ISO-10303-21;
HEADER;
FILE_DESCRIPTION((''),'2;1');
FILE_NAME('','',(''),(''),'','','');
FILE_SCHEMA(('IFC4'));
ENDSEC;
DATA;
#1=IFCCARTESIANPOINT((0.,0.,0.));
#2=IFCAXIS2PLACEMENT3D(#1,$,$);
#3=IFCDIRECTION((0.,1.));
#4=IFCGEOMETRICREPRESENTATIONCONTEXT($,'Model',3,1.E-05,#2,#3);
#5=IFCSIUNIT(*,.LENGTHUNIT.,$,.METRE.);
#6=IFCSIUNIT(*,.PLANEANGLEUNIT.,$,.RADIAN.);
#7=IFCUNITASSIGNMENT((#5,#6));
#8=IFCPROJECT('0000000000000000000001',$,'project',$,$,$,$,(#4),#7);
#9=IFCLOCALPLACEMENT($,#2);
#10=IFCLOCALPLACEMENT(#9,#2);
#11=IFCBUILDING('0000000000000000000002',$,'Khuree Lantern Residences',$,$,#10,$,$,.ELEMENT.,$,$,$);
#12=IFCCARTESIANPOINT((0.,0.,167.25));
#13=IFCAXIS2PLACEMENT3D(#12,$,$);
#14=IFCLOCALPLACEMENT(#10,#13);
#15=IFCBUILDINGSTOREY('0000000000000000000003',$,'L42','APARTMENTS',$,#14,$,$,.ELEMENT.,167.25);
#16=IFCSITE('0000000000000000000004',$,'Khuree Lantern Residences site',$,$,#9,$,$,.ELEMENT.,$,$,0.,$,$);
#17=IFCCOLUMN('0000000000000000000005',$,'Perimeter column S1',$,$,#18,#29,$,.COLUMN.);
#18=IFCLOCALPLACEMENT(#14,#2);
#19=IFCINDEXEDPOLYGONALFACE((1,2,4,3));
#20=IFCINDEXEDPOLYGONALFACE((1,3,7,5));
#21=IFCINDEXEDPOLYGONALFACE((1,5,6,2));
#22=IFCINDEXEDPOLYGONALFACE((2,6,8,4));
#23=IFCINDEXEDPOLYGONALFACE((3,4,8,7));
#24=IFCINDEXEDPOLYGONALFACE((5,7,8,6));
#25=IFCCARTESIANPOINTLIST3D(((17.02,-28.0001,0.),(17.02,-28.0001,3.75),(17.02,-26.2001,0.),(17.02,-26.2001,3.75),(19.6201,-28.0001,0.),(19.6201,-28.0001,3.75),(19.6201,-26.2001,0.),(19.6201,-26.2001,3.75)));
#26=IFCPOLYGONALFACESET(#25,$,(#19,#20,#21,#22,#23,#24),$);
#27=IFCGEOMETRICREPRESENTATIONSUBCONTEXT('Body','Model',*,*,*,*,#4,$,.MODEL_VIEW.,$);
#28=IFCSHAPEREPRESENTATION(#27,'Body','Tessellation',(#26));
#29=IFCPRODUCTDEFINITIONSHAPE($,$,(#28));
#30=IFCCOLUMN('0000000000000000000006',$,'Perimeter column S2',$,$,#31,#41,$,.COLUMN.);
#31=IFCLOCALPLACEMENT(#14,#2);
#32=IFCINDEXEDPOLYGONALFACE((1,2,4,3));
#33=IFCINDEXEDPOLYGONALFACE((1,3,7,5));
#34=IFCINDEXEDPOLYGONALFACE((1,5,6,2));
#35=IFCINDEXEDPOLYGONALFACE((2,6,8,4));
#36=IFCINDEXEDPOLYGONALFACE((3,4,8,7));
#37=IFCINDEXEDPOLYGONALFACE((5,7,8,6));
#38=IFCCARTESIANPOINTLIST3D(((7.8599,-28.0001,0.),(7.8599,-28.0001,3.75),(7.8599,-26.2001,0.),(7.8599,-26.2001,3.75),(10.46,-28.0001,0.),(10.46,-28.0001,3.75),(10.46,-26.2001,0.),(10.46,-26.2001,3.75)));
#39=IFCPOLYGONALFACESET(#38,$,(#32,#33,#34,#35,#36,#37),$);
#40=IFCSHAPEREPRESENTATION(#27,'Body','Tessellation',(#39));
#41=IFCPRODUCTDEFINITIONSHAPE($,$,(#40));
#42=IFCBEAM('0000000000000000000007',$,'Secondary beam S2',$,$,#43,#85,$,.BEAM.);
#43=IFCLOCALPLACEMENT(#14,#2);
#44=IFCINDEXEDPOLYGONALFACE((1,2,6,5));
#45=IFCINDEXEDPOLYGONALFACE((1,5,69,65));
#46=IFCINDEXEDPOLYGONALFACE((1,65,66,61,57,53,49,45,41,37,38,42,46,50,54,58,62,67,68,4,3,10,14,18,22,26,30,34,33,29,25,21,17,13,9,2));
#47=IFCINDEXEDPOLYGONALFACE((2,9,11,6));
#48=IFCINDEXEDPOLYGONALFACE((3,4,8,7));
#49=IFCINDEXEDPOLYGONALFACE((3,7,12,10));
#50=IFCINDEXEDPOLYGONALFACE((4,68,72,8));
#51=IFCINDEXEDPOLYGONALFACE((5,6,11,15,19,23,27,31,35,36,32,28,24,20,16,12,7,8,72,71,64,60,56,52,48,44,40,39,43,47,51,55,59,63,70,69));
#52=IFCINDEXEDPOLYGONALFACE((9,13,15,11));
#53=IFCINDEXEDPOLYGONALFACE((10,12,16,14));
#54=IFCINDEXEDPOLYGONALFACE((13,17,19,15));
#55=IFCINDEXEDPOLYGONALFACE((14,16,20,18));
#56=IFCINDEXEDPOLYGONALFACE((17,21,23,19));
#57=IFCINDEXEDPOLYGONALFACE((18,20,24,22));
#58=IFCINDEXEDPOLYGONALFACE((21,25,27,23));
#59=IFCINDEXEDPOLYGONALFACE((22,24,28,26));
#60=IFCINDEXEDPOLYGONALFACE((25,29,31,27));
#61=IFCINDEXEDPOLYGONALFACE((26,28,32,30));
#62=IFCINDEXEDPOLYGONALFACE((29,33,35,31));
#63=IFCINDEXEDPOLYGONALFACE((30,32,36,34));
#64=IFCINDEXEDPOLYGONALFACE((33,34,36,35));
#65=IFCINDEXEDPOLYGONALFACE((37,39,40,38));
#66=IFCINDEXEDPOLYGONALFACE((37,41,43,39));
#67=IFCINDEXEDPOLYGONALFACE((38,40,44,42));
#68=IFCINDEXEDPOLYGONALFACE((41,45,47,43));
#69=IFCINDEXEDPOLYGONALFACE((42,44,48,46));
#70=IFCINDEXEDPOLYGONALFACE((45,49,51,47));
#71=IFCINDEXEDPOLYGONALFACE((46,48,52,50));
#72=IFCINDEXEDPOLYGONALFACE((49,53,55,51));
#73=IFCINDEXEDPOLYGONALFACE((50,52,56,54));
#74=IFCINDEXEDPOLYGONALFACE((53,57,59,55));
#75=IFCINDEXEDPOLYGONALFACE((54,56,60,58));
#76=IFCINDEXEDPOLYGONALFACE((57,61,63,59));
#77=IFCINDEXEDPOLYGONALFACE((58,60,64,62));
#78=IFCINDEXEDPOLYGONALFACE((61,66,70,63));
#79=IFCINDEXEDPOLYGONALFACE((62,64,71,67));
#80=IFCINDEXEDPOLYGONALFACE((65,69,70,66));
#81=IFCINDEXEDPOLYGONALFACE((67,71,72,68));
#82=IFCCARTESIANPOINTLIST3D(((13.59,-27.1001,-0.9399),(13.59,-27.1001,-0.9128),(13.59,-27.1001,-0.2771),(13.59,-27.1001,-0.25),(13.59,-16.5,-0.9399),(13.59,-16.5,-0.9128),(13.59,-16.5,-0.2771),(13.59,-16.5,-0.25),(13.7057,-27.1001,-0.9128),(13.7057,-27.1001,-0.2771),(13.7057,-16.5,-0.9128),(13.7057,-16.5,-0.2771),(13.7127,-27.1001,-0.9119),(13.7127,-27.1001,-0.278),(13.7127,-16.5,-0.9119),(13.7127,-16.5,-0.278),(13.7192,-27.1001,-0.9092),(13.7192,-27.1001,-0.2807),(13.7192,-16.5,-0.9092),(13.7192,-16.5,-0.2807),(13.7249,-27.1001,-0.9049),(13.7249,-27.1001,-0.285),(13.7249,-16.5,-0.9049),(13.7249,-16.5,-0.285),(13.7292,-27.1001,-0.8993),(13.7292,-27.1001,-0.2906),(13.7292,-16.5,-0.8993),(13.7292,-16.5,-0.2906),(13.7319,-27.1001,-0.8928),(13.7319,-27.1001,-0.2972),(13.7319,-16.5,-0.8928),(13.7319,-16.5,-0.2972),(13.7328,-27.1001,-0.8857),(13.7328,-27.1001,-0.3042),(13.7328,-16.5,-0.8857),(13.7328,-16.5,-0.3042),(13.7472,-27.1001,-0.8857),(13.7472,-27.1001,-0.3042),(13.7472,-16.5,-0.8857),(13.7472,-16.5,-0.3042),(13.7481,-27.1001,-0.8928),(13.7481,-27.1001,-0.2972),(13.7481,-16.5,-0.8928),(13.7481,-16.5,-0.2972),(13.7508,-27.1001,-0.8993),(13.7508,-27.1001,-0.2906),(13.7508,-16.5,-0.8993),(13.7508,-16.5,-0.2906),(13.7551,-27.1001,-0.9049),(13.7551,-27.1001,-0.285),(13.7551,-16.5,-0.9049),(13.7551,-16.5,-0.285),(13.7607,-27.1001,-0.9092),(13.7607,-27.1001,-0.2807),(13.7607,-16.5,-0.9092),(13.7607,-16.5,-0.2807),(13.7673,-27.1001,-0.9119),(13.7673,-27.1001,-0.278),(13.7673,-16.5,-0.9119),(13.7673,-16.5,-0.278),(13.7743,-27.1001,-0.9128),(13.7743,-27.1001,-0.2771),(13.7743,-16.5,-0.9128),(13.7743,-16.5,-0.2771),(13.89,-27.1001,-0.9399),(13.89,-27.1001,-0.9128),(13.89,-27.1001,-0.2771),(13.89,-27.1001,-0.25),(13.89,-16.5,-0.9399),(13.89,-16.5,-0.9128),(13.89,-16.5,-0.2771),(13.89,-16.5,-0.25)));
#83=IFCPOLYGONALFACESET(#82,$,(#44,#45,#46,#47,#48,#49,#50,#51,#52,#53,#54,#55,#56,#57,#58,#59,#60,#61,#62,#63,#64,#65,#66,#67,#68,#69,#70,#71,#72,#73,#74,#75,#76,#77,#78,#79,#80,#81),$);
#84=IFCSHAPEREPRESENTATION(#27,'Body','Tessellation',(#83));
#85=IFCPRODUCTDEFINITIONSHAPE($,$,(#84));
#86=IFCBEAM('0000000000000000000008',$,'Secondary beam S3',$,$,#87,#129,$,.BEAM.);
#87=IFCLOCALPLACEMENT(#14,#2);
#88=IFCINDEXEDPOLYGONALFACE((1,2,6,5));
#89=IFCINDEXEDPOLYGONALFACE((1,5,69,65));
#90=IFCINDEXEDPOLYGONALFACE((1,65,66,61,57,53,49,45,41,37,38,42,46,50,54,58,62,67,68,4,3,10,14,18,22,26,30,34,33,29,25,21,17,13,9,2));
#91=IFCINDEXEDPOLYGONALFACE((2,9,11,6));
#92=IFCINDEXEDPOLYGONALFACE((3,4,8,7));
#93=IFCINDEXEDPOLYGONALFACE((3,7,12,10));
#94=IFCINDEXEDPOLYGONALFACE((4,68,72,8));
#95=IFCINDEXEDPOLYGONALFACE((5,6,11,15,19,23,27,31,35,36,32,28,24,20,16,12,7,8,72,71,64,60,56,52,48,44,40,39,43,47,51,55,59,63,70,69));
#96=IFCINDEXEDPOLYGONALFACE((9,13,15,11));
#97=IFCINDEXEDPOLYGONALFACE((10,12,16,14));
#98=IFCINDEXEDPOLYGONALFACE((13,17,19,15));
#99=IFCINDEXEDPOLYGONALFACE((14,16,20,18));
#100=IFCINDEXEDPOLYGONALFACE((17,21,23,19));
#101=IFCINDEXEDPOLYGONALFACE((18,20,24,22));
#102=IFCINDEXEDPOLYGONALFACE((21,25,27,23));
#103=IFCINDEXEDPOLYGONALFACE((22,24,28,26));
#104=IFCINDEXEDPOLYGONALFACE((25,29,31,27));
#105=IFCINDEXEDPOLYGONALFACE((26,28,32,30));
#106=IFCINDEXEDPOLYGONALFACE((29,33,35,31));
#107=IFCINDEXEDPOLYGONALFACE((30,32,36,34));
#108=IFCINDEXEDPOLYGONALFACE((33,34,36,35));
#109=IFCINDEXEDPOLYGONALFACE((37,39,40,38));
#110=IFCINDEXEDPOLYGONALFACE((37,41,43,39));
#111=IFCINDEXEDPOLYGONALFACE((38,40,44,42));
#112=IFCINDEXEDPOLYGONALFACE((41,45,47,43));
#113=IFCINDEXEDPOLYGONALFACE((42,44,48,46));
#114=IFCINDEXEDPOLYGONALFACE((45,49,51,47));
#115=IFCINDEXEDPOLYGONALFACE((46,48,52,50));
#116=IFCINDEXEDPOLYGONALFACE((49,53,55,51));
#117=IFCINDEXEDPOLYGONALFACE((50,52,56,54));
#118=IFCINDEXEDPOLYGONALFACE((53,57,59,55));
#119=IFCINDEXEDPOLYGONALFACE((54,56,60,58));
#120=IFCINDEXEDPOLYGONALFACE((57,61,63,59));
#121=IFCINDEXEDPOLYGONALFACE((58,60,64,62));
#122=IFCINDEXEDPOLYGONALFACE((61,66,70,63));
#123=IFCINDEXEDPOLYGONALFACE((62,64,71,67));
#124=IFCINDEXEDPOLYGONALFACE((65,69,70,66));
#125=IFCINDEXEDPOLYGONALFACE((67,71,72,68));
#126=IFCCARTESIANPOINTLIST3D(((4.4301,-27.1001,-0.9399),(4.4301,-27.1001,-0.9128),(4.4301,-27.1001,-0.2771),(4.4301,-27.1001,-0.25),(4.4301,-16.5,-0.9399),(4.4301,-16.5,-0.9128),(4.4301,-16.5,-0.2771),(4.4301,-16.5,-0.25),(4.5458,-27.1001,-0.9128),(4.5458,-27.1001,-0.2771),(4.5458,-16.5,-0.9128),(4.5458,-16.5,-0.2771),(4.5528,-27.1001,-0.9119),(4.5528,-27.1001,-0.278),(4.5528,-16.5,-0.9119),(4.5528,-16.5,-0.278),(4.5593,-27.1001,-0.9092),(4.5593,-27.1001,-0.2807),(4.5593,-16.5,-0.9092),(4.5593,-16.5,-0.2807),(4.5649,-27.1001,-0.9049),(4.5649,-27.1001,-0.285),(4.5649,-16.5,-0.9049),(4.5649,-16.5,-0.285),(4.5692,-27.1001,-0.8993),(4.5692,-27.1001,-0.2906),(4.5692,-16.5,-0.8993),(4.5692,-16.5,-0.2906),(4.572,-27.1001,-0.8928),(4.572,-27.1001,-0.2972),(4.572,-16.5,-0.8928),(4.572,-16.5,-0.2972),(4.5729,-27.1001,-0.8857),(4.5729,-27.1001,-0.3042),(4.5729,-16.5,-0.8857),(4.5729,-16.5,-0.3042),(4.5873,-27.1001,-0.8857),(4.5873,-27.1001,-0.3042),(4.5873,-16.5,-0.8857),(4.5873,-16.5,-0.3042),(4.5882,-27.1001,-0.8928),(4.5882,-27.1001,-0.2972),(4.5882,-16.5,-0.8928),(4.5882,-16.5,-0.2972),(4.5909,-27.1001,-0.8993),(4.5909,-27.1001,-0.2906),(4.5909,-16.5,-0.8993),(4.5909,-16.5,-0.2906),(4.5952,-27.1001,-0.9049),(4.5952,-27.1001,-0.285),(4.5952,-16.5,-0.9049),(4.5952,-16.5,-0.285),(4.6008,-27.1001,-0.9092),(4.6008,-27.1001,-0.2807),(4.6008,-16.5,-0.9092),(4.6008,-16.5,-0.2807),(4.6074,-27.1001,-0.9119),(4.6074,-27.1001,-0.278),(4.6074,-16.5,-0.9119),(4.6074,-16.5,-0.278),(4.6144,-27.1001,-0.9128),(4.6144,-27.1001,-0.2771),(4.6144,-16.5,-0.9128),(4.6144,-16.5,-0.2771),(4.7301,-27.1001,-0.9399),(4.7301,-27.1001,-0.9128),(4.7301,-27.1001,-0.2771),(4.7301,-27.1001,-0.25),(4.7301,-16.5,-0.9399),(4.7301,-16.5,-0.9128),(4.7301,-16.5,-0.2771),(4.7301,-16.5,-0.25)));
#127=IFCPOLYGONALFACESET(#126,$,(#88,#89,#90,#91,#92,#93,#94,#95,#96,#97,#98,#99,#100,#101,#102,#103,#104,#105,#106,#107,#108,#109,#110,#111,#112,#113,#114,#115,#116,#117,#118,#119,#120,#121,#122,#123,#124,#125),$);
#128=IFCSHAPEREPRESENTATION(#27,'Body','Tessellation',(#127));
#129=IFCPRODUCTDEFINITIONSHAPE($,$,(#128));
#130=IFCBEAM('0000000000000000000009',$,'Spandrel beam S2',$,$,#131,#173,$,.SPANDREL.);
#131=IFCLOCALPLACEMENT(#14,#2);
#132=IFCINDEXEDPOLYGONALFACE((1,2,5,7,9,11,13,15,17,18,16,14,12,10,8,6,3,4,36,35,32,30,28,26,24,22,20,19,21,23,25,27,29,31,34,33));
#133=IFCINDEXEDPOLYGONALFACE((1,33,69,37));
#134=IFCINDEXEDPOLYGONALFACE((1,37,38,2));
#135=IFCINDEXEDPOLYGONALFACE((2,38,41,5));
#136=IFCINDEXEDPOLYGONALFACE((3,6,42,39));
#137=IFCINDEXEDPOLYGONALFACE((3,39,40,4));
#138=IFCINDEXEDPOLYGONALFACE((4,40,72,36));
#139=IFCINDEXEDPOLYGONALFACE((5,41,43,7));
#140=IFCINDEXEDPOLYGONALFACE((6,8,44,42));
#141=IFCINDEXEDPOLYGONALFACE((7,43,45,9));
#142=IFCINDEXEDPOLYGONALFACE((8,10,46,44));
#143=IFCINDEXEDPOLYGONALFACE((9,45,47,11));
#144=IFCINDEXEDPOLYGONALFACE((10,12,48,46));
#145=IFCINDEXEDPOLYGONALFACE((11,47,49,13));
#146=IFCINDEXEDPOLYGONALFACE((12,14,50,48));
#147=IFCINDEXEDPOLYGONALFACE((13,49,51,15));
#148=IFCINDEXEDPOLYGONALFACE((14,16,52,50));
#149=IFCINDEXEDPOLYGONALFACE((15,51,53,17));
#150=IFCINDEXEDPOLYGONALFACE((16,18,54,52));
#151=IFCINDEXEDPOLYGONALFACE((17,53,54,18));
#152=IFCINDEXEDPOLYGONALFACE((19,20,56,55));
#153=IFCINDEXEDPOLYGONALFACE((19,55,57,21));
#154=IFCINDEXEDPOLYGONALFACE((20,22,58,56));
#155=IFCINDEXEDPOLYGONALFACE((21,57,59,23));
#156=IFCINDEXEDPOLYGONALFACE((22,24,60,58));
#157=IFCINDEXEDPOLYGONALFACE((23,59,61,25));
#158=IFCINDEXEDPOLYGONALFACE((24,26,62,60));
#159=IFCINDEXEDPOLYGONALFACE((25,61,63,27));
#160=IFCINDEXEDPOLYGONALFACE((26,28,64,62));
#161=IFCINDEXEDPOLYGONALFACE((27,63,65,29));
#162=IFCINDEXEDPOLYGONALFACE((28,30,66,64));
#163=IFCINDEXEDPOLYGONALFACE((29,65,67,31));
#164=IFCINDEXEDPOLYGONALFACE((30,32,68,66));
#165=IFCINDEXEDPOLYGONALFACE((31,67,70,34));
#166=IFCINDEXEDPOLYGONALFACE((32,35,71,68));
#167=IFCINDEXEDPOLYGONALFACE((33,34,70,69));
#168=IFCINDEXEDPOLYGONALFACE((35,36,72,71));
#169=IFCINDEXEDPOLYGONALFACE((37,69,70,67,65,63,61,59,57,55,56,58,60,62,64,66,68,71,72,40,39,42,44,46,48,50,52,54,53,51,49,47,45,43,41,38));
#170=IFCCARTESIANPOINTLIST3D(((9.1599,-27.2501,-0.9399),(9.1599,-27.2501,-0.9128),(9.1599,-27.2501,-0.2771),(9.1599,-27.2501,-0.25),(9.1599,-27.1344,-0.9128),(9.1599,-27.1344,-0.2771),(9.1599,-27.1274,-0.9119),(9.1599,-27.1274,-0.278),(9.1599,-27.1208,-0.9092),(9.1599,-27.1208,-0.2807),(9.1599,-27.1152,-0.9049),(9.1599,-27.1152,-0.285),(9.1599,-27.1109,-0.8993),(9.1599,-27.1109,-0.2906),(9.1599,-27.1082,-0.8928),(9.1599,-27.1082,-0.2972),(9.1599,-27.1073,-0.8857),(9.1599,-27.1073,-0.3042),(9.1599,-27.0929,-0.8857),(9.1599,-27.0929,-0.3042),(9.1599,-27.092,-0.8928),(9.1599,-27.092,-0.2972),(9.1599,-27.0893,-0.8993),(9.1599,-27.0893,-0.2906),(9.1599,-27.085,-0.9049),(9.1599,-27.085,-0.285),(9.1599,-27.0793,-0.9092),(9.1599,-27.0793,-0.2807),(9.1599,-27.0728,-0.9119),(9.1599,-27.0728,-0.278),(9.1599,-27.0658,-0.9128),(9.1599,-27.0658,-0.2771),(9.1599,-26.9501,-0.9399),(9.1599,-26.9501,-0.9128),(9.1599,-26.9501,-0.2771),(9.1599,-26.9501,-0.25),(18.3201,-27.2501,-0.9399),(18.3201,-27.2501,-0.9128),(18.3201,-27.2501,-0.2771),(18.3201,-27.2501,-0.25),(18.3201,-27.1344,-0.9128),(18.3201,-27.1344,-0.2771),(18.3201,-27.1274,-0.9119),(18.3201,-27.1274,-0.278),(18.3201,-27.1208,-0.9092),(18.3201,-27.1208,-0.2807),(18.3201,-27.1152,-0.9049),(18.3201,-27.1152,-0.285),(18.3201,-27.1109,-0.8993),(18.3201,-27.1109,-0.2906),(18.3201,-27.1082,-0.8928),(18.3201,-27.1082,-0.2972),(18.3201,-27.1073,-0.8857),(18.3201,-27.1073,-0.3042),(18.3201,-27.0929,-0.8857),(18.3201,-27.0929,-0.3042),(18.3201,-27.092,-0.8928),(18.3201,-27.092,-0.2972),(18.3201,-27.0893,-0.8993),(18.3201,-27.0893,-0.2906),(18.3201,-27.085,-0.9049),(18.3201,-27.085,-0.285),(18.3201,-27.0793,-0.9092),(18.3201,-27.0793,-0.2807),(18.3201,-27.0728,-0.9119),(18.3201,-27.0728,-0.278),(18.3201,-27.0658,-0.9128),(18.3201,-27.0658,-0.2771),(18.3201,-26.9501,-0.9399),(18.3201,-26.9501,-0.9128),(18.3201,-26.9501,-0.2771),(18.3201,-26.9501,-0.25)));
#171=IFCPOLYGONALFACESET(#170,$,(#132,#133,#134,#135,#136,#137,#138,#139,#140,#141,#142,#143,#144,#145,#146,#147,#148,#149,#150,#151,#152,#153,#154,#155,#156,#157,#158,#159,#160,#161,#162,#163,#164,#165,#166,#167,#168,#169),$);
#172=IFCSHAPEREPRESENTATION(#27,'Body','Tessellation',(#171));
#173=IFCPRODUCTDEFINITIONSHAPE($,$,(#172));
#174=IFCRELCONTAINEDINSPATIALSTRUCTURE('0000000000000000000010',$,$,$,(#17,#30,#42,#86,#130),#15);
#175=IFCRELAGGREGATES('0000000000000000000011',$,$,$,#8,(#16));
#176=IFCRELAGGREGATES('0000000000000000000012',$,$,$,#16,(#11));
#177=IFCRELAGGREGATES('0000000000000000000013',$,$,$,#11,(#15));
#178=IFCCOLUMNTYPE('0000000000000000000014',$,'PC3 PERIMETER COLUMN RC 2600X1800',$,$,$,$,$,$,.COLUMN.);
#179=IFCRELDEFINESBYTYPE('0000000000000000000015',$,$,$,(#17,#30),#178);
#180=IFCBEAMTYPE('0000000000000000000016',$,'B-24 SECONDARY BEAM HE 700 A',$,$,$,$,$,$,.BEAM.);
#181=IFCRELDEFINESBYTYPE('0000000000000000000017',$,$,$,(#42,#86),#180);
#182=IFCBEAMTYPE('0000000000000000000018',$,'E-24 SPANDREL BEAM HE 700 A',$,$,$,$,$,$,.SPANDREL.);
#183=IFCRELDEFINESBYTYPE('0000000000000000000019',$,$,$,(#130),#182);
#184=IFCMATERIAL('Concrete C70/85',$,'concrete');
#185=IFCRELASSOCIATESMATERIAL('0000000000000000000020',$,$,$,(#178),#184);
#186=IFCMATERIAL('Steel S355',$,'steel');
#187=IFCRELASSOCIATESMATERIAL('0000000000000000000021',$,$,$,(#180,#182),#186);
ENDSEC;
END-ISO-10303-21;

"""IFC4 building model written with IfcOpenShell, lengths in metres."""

from ifc_helpers import new_model, si_unit, direction, frame, origin, origin_2d, place, context, subcontext, project, spatial, rectangle, i_section, extrude, material, material_profile, profile_set, type_object, element, save


model = new_model("IFC4")

# Units and contexts
model_context = context("Model", 3, precision=1e-05, world=origin(), true_north=direction((0.0, 1.0)))
body_context = subcontext(model_context, "Body", "Model", "MODEL_VIEW")
ifc_project = project(units=[si_unit("LENGTHUNIT", "METRE"), si_unit("PLANEANGLEUNIT", "RADIAN")], contexts=[model_context])

# Site, building, storey
site_placement = place(None, origin())
site = spatial("IfcSite", under=ifc_project, at=site_placement, Name="Khuree Lantern Residences site", CompositionType="ELEMENT", RefElevation=0.0)
building_placement = place(site_placement, origin())
building = spatial("IfcBuilding", under=site, at=building_placement, Name="Khuree Lantern Residences", CompositionType="ELEMENT")
storey_placement = place(building_placement, frame((0.0, 0.0, 167.25)))
storey = spatial("IfcBuildingStorey", under=building, at=storey_placement, Name="L42", Description="APARTMENTS", CompositionType="ELEMENT", Elevation=167.25)

# Columns
ifc_material_1 = material(Name="Concrete C70/85", Category="concrete")
ifc_material_profile_1 = material_profile(ifc_material_1, rectangle(XDim=2.6001, YDim=1.8, at=origin_2d()), Name="RC 2600X1800")
ifc_profile_set_1 = profile_set([ifc_material_profile_1], Name="Concrete C70/85")
column_type = type_object("IfcColumnType", Name="PC3 PERIMETER COLUMN RC 2600X1800", PredefinedType="COLUMN", material=ifc_profile_set_1)
for number, where, z_axis, x_axis, name in (
    (1, (18.3201, -27.1001, 0.0), (0.0, 0.0, 1.0), (1.0, 0.0, 0.0), "Perimeter column S1"),
    (2, (9.1599, -27.1001, 0.0), (0.0, 0.0, 1.0), (1.0, 0.0, 0.0), "Perimeter column S2"),
):
    element("IfcColumn", number, at=place(storey_placement, frame(where, z_axis=z_axis, x_axis=x_axis)), inside=storey, type_object=column_type, Name=name, PredefinedType="COLUMN", context=body_context, shape_type="SweptSolid", body=[
        extrude(rectangle(XDim=2.6001, YDim=1.8, at=origin_2d()), origin(), (0.0, 0.0, 1.0), 3.75),
    ])

# Beams
ifc_material_2 = material(Name="Steel S355", Category="steel")
ifc_material_profile_2 = material_profile(ifc_material_2, i_section(OverallWidth=0.3, OverallDepth=0.6899, WebThickness=0.0144, FlangeThickness=0.0271, FilletRadius=0.0271, at=origin_2d()), Name="HE 700 A")
ifc_profile_set_2 = profile_set([ifc_material_profile_2], Name="Steel S355")
beam_type_1 = type_object("IfcBeamType", Name="B-24 SECONDARY BEAM HE 700 A", PredefinedType="BEAM", material=ifc_profile_set_2)
for number, where, z_axis, x_axis, name in (
    (3, (13.74, -27.1001, -0.595), (0.0, 1.0, 0.0), (-1.0, 0.0, 0.0), "Secondary beam S2"),
    (4, (4.5801, -27.1001, -0.595), (0.0, 1.0, 0.0), (-1.0, 0.0, 0.0), "Secondary beam S3"),
):
    element("IfcBeam", number, at=place(storey_placement, frame(where, z_axis=z_axis, x_axis=x_axis)), inside=storey, type_object=beam_type_1, Name=name, PredefinedType="BEAM", context=body_context, shape_type="SweptSolid", body=[
        extrude(i_section(OverallWidth=0.3, OverallDepth=0.6899, WebThickness=0.0144, FlangeThickness=0.0271, FilletRadius=0.0271, at=origin_2d()), origin(), (0.0, 0.0, 1.0), 10.6001),
    ])
ifc_material_profile_3 = material_profile(ifc_material_2, i_section(OverallWidth=0.3, OverallDepth=0.6899, WebThickness=0.0144, FlangeThickness=0.0271, FilletRadius=0.0271, at=origin_2d()), Name="HE 700 A")
ifc_profile_set_3 = profile_set([ifc_material_profile_3], Name="Steel S355")
beam_type_2 = type_object("IfcBeamType", Name="E-24 SPANDREL BEAM HE 700 A", PredefinedType="SPANDREL", material=ifc_profile_set_3)
beam_1_placement = place(storey_placement, frame((18.3201, -27.1001, -0.595), z_axis=(-1.0, 0.0, 0.0), x_axis=(0.0, -1.0, 0.0)))
element("IfcBeam", 5, at=beam_1_placement, inside=storey, type_object=beam_type_2, Name="Spandrel beam S2", PredefinedType="SPANDREL", context=body_context, shape_type="SweptSolid", body=[
    extrude(i_section(OverallWidth=0.3, OverallDepth=0.6899, WebThickness=0.0144, FlangeThickness=0.0271, FilletRadius=0.0271, at=origin_2d()), origin(), (0.0, 0.0, 1.0), 9.1602),
])

save(model, "model.ifc")
